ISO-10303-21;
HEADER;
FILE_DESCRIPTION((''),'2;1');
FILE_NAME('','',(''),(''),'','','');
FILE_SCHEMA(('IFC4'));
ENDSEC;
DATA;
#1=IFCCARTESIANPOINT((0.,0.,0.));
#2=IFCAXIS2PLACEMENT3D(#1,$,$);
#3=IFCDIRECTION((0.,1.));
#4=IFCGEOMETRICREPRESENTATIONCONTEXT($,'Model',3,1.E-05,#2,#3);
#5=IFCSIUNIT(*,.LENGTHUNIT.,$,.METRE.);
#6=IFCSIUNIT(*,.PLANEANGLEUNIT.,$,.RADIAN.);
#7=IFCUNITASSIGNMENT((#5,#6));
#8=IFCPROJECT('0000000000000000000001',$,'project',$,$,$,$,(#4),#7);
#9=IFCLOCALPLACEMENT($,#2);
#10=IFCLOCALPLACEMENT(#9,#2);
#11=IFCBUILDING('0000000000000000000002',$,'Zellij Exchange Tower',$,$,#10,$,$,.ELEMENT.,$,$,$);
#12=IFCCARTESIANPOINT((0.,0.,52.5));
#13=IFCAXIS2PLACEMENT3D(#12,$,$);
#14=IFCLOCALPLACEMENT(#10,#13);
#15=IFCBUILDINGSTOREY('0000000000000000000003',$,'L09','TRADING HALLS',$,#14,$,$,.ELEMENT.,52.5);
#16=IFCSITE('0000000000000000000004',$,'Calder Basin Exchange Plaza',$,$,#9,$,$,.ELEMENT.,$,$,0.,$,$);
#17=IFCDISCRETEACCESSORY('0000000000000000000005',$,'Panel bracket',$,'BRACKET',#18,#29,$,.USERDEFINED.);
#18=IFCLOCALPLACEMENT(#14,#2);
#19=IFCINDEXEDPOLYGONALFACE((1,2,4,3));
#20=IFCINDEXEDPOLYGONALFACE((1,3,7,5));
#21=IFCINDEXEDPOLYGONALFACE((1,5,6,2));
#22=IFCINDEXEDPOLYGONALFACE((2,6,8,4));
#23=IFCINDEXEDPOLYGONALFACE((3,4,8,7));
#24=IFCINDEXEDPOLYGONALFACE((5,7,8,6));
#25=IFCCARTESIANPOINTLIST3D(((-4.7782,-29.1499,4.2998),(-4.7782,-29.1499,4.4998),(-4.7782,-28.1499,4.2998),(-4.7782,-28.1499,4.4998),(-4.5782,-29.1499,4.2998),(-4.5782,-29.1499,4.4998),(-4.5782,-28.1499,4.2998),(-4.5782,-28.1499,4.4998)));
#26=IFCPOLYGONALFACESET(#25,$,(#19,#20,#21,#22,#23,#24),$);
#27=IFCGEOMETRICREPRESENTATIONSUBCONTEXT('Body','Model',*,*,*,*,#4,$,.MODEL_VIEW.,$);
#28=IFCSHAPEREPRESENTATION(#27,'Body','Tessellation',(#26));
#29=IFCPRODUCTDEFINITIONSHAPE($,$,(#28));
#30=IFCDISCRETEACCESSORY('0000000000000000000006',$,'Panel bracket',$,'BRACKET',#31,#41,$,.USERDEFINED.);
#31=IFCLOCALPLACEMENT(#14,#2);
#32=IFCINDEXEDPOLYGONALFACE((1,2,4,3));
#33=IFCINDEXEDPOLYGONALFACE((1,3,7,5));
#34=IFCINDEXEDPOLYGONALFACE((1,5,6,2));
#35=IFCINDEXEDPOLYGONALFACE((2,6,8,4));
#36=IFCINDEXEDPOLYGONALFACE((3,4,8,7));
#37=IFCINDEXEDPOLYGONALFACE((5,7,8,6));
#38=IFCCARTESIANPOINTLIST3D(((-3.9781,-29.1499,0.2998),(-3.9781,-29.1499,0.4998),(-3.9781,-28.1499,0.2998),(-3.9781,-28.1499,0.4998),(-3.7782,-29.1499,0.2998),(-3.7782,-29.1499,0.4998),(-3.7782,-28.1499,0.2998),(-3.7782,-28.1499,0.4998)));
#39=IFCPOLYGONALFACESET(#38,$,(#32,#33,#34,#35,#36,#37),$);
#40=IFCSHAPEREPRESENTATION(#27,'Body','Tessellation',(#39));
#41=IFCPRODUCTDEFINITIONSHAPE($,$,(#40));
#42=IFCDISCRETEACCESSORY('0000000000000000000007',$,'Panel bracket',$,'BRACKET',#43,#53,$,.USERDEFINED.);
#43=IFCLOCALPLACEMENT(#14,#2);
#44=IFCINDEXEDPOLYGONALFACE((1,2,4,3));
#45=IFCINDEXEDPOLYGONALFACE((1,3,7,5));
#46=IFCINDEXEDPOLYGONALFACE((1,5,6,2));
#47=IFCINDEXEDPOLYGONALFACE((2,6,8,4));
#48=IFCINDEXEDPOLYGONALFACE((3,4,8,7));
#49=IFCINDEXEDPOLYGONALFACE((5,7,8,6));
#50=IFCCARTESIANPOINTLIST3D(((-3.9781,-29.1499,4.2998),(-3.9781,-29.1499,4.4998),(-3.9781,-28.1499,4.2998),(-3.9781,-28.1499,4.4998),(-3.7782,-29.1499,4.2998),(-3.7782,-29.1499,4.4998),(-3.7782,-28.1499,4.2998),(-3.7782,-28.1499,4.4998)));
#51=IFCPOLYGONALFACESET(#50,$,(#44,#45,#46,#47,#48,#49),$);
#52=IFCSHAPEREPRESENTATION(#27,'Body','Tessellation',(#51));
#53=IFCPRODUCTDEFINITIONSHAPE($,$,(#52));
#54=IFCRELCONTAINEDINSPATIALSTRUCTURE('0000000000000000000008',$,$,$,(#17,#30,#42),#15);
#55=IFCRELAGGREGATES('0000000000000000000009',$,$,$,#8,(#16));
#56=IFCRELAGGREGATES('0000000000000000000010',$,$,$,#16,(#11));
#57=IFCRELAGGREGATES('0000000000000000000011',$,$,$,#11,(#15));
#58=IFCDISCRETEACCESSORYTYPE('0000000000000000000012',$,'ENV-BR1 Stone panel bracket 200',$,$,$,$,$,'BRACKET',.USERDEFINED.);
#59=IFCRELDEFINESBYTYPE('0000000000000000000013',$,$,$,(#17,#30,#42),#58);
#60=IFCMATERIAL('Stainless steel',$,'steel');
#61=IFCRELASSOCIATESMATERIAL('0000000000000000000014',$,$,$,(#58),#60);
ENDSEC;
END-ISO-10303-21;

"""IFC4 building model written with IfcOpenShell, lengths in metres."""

from ifc_helpers import new_model, si_unit, direction, frame, origin, origin_2d, place, context, subcontext, project, spatial, rectangle, extrude, material, type_object, element, save


model = new_model("IFC4")

# Units and contexts
model_context = context("Model", 3, precision=1e-05, world=origin(), true_north=direction((0.0, 1.0)))
body_context = subcontext(model_context, "Body", "Model", "MODEL_VIEW")
ifc_project = project(units=[si_unit("LENGTHUNIT", "METRE"), si_unit("PLANEANGLEUNIT", "RADIAN")], contexts=[model_context])

# Site, building, storey
site_placement = place(None, origin())
site = spatial("IfcSite", under=ifc_project, at=site_placement, Name="Calder Basin Exchange Plaza", CompositionType="ELEMENT", RefElevation=0.0)
building_placement = place(site_placement, origin())
building = spatial("IfcBuilding", under=site, at=building_placement, Name="Zellij Exchange Tower", CompositionType="ELEMENT")
storey_placement = place(building_placement, frame((0.0, 0.0, 52.5)))
storey = spatial("IfcBuildingStorey", under=building, at=storey_placement, Name="L09", Description="TRADING HALLS", CompositionType="ELEMENT", Elevation=52.5)

# Discrete accessories
ifc_material_1 = material(Name="Stainless steel", Category="steel")
discrete_accessory_type = type_object("IfcDiscreteAccessoryType", Name="ENV-BR1 Stone panel bracket 200", ElementType="BRACKET", PredefinedType="USERDEFINED", material=ifc_material_1)
for number, where, z_axis, x_axis, name in (
    (1, (-4.6782, -28.6499, 4.2998), (0.0, 0.0, 1.0), (1.0, 0.0, 0.0), "Panel bracket"),
    (2, (-3.8782, -28.6499, 0.2998), (0.0, 0.0, 1.0), (1.0, 0.0, 0.0), "Panel bracket"),
    (3, (-3.8782, -28.6499, 4.2998), (0.0, 0.0, 1.0), (1.0, 0.0, 0.0), "Panel bracket"),
):
    element("IfcDiscreteAccessory", number, at=place(storey_placement, frame(where, z_axis=z_axis, x_axis=x_axis)), inside=storey, type_object=discrete_accessory_type, Name=name, ObjectType="BRACKET", PredefinedType="USERDEFINED", context=body_context, shape_type="SweptSolid", body=[
        extrude(rectangle(XDim=0.2, YDim=1.0, at=origin_2d()), origin(), (0.0, 0.0, 1.0), 0.2),
    ])

save(model, "model.ifc")
